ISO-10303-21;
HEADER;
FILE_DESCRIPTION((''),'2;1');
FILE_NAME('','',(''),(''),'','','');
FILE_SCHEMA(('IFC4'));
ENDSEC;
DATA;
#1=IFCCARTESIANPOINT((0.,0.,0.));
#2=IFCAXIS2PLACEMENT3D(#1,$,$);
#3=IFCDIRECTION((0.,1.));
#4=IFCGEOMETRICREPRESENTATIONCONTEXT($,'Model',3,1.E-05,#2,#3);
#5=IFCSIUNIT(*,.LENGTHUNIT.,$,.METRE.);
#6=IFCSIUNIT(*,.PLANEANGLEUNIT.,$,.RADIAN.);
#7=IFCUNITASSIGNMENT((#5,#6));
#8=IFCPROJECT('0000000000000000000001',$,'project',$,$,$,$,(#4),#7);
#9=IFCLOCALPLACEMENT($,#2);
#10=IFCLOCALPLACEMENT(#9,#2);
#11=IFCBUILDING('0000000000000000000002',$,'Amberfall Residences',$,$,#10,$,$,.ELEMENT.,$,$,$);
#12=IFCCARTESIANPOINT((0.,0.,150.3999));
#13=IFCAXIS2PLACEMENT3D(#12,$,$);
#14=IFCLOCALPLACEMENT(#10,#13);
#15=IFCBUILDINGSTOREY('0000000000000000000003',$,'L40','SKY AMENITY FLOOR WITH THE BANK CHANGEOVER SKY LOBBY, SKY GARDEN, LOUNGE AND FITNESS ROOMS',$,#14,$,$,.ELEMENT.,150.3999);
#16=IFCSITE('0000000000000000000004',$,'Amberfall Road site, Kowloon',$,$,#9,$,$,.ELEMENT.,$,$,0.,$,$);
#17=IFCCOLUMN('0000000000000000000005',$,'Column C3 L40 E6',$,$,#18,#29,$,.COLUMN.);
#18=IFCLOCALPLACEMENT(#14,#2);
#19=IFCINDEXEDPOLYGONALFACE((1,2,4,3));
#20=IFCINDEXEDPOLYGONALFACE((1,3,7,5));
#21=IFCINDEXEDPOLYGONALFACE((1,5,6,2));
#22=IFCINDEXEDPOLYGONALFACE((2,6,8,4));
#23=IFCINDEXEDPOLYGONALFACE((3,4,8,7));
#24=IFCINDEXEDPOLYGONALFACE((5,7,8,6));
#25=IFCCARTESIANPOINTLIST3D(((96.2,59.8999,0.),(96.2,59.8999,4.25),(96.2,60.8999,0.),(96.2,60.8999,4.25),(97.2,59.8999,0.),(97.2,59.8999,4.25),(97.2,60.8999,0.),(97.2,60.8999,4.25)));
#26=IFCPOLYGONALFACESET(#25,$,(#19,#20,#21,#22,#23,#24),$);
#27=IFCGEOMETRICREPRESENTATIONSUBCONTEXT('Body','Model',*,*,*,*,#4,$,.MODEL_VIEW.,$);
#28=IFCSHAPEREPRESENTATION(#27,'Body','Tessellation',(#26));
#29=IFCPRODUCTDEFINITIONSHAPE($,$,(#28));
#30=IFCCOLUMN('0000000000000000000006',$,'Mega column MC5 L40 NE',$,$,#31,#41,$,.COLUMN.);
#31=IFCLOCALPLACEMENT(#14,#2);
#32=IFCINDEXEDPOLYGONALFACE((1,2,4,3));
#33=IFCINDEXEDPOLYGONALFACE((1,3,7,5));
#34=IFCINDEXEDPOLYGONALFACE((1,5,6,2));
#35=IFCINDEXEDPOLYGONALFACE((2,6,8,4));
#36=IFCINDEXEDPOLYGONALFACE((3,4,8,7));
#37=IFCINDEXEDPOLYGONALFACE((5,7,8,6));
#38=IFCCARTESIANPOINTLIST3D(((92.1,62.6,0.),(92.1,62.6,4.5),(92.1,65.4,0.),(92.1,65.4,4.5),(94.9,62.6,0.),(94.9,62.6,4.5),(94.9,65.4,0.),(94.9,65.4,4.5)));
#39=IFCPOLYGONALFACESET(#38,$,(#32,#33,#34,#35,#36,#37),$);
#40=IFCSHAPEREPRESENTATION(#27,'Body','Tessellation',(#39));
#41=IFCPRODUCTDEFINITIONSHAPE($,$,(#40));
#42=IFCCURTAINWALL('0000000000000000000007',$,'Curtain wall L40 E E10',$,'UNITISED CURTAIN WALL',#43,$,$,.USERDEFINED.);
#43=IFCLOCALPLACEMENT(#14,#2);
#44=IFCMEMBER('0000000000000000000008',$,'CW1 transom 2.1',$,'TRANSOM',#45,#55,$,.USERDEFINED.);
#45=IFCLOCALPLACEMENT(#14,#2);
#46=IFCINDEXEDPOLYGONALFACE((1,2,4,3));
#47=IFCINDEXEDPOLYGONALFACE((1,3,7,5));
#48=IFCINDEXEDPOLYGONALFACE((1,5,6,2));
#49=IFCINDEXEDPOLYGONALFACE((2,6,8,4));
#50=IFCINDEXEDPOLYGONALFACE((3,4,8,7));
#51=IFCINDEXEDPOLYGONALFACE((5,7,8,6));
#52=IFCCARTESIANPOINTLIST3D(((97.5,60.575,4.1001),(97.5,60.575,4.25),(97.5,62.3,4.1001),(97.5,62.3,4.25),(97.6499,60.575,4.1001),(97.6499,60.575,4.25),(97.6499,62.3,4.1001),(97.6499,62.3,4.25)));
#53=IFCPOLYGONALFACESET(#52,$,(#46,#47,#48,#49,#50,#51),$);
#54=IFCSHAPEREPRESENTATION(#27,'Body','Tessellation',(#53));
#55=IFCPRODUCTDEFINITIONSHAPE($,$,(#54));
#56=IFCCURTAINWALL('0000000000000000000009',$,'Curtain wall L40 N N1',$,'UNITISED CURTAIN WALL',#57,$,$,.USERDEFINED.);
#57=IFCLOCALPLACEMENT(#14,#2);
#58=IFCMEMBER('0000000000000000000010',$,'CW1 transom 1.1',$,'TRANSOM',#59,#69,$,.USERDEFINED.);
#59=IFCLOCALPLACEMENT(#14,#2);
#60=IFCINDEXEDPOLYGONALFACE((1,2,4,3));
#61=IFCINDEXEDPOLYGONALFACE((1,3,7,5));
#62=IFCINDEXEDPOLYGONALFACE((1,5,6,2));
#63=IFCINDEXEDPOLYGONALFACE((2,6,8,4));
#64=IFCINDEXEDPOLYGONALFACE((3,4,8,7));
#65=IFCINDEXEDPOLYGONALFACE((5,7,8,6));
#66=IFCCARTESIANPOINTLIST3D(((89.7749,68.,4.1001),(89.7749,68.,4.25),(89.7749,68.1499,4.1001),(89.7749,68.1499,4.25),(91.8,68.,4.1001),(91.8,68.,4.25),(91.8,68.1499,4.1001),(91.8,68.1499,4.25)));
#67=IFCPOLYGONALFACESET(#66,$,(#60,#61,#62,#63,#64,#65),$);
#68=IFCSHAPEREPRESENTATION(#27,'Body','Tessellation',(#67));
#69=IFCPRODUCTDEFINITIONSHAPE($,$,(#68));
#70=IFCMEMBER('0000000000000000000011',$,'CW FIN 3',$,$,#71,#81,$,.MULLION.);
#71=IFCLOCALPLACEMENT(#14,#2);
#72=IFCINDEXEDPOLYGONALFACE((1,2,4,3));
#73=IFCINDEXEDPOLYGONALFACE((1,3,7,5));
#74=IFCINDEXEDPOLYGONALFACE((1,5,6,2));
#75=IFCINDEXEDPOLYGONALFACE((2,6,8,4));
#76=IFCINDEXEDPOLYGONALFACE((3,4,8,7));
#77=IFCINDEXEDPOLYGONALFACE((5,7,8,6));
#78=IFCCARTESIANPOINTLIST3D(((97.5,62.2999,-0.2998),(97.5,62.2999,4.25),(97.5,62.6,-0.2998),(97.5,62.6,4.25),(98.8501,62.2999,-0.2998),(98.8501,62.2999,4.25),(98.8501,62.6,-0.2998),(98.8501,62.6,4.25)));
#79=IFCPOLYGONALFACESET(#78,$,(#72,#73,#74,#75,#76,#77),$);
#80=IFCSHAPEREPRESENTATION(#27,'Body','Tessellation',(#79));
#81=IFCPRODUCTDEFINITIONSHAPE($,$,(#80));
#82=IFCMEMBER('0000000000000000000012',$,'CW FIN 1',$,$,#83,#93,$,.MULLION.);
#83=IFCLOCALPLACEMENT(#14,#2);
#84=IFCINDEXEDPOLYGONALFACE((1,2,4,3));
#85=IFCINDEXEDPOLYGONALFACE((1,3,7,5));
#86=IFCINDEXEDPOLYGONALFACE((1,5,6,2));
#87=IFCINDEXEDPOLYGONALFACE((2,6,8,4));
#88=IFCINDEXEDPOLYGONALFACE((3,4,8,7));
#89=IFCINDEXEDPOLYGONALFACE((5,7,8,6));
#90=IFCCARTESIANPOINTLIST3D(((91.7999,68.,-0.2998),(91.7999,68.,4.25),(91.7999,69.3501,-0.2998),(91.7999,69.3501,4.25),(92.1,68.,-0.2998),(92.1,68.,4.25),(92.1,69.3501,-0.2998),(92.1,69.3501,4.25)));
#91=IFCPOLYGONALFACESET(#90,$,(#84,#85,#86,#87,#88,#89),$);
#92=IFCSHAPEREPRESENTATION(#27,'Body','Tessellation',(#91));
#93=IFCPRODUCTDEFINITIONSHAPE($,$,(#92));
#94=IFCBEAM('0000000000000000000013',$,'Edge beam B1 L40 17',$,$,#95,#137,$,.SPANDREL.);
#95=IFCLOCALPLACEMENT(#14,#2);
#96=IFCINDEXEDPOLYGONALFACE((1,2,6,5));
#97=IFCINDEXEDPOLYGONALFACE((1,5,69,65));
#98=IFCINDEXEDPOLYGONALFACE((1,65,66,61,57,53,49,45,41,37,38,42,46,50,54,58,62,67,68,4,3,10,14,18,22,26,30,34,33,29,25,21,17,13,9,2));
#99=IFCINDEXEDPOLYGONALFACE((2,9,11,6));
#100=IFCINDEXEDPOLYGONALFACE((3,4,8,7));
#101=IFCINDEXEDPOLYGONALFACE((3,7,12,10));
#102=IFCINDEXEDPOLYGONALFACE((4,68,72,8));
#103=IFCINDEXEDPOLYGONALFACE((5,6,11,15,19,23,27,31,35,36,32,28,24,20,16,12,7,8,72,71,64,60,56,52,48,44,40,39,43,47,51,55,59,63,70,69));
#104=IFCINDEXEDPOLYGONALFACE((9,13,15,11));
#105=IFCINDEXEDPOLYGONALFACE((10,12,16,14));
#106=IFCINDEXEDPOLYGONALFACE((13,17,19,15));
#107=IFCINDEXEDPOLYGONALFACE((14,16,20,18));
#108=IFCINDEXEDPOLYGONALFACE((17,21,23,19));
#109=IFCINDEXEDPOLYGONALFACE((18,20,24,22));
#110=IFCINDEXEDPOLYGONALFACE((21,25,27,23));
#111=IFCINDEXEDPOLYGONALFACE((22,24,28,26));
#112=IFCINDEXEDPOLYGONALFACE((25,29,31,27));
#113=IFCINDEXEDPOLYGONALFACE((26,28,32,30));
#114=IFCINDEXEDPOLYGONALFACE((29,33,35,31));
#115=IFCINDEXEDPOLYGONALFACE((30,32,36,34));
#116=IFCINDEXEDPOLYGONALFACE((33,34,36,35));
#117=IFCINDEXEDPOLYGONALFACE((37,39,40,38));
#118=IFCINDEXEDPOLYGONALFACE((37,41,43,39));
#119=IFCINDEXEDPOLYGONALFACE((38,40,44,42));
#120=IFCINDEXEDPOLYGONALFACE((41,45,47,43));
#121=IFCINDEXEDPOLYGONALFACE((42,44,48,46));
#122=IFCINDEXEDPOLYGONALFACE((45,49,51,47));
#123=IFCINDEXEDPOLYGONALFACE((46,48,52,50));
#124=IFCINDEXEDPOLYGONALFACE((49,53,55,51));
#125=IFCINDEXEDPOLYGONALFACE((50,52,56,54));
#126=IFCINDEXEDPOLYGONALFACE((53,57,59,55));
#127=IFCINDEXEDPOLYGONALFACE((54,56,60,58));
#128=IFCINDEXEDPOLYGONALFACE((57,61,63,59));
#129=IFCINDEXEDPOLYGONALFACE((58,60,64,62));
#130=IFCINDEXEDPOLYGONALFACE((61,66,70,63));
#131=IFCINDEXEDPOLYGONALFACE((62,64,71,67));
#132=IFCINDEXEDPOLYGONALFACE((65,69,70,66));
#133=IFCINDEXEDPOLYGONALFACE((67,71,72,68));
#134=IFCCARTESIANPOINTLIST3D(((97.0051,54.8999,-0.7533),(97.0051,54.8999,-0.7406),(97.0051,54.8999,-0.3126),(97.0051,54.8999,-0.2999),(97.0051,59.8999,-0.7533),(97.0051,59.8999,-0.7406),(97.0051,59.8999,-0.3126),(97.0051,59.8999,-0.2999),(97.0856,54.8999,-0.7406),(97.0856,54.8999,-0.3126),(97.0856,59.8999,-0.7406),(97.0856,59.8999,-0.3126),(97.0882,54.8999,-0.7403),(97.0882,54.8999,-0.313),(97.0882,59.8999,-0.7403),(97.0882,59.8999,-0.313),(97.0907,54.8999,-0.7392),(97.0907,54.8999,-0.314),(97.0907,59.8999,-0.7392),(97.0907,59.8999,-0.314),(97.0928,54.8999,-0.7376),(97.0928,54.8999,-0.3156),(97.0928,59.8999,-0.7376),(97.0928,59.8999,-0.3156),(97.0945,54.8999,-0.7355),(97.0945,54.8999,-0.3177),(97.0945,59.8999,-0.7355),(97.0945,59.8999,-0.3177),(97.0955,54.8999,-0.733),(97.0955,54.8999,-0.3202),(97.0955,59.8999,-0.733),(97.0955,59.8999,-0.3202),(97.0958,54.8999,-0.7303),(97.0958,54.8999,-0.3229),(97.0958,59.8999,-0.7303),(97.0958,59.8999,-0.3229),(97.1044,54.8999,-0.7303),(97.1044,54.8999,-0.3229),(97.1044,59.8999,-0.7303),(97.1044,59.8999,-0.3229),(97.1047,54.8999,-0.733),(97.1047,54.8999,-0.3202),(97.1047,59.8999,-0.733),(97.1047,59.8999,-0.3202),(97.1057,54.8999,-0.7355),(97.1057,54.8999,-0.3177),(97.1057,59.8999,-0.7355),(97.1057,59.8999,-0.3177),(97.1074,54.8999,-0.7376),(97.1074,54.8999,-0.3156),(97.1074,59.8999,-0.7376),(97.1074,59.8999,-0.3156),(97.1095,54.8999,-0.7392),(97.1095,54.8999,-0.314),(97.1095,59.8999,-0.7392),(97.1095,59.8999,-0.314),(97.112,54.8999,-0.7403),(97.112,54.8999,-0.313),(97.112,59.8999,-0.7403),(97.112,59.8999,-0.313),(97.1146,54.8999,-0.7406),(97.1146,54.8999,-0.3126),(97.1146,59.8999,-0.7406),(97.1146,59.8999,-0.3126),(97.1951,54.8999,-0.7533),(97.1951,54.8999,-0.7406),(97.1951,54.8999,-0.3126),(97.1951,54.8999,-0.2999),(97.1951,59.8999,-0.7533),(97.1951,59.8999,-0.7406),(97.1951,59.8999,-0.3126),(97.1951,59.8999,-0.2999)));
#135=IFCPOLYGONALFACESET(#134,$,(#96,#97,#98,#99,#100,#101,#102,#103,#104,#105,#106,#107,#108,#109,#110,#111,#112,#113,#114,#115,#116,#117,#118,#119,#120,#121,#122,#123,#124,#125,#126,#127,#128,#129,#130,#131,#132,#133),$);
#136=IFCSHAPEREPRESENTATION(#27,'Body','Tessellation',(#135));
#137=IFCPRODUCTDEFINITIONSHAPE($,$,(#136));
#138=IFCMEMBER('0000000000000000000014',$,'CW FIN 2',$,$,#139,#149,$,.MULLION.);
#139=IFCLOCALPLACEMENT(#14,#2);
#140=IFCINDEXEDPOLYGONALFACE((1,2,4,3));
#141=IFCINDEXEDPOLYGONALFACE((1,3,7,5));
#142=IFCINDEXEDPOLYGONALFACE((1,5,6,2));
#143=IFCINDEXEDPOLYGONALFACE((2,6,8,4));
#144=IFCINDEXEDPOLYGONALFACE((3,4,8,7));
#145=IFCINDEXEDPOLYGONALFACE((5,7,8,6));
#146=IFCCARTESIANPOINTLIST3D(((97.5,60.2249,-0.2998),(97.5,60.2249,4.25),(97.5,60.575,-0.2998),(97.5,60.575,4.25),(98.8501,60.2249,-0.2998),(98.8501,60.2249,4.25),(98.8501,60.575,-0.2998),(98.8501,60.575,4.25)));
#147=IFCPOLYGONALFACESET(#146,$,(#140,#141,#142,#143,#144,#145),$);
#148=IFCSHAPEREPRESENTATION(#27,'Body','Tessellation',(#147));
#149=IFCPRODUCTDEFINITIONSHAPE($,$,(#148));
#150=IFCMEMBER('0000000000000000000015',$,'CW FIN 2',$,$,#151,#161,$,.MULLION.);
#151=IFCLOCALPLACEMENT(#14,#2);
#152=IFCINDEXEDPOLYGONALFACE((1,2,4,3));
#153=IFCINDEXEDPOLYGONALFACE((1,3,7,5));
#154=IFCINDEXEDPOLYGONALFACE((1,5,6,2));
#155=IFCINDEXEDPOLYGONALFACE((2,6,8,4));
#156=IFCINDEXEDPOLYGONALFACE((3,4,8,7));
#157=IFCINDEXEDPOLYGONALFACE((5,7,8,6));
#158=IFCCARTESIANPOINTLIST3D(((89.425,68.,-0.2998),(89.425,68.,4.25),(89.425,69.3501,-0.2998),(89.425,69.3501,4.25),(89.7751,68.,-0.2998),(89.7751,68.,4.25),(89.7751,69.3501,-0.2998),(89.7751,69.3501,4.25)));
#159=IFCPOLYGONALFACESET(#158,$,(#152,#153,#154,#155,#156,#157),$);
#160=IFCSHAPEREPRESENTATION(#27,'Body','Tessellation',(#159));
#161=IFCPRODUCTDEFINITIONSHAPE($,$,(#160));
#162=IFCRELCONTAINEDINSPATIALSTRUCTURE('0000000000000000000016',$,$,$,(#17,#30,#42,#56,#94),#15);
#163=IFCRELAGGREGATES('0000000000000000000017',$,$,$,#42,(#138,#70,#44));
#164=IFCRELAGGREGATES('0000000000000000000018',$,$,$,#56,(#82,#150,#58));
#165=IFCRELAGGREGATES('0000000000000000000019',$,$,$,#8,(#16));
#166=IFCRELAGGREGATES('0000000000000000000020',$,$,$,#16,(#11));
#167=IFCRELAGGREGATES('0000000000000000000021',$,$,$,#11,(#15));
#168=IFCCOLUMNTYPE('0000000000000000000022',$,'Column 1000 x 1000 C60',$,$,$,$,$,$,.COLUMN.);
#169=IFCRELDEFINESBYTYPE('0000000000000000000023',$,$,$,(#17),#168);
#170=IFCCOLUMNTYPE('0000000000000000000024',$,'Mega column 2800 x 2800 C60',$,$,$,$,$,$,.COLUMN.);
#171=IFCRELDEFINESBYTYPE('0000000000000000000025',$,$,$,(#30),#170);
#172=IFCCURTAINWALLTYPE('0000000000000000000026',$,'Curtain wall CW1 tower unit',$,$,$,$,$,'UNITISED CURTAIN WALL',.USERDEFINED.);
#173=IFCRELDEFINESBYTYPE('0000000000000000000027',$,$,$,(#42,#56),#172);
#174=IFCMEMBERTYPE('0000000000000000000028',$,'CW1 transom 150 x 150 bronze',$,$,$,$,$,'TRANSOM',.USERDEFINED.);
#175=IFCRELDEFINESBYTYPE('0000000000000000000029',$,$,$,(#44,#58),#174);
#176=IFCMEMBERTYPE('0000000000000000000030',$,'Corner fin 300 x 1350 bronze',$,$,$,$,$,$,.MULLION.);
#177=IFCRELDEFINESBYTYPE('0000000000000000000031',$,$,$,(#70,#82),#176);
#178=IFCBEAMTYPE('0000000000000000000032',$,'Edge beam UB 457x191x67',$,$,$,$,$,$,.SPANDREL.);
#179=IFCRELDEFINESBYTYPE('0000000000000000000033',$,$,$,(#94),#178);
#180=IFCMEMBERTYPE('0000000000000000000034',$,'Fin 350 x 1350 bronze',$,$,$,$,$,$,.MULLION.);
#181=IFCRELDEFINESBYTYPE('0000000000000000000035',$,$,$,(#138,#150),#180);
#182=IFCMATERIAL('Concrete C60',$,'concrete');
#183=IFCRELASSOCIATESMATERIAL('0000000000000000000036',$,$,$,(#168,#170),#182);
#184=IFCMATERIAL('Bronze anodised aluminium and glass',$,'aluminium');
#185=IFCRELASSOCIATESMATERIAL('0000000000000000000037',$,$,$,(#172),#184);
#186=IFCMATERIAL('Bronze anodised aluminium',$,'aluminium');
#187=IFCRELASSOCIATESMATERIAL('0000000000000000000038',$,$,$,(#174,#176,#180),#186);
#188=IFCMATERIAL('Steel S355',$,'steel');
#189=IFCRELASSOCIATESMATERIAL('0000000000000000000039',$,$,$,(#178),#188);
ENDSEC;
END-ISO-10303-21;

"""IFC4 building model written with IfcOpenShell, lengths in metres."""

from ifc_helpers import new_model, si_unit, direction, frame, origin, origin_2d, place, context, subcontext, project, spatial, rectangle, i_section, extrude, material, material_profile, profile_set, type_object, element, aggregate, save


model = new_model("IFC4")

# Units and contexts
model_context = context("Model", 3, precision=1e-05, world=origin(), true_north=direction((0.0, 1.0)))
body_context = subcontext(model_context, "Body", "Model", "MODEL_VIEW")
ifc_project = project(units=[si_unit("LENGTHUNIT", "METRE"), si_unit("PLANEANGLEUNIT", "RADIAN")], contexts=[model_context])

# Site, building, storey
site_placement = place(None, origin())
site = spatial("IfcSite", under=ifc_project, at=site_placement, Name="Amberfall Road site, Kowloon", CompositionType="ELEMENT", RefElevation=0.0)
building_placement = place(site_placement, origin())
building = spatial("IfcBuilding", under=site, at=building_placement, Name="Amberfall Residences", CompositionType="ELEMENT")
storey_placement = place(building_placement, frame((0.0, 0.0, 150.3999)))
storey = spatial("IfcBuildingStorey", under=building, at=storey_placement, Name="L40", Description="SKY AMENITY FLOOR WITH THE BANK CHANGEOVER SKY LOBBY, SKY GARDEN, LOUNGE AND FITNESS ROOMS", CompositionType="ELEMENT", Elevation=150.3999)

# Columns
ifc_material_1 = material(Name="Concrete C60", Category="concrete")
ifc_material_profile_1 = material_profile(ifc_material_1, rectangle(XDim=1.0, YDim=1.0, at=origin_2d()), Name="Column 1000 x 1000 C60")
ifc_profile_set_1 = profile_set([ifc_material_profile_1], Name="Concrete C60")
column_type_1 = type_object("IfcColumnType", Name="Column 1000 x 1000 C60", PredefinedType="COLUMN", material=ifc_profile_set_1)
column_1_placement = place(storey_placement, frame((96.7, 60.3999, 0.0), z_axis=(0.0, 0.0, 1.0), x_axis=(1.0, 0.0, 0.0)))
element("IfcColumn", 1, at=column_1_placement, inside=storey, type_object=column_type_1, Name="Column C3 L40 E6", PredefinedType="COLUMN", context=body_context, shape_type="SweptSolid", body=[
    extrude(rectangle(XDim=1.0, YDim=1.0, at=origin_2d()), origin(), (0.0, 0.0, 1.0), 4.25),
])
ifc_material_profile_2 = material_profile(ifc_material_1, rectangle(XDim=2.8, YDim=2.8, at=origin_2d()), Name="Mega column 2800 x 2800 C60")
ifc_profile_set_2 = profile_set([ifc_material_profile_2], Name="Concrete C60")
column_type_2 = type_object("IfcColumnType", Name="Mega column 2800 x 2800 C60", PredefinedType="COLUMN", material=ifc_profile_set_2)
column_2_placement = place(storey_placement, frame((93.5, 64.0, 0.0), z_axis=(0.0, 0.0, 1.0), x_axis=(1.0, 0.0, 0.0)))
element("IfcColumn", 2, at=column_2_placement, inside=storey, type_object=column_type_2, Name="Mega column MC5 L40 NE", PredefinedType="COLUMN", context=body_context, shape_type="SweptSolid", body=[
    extrude(rectangle(XDim=2.8, YDim=2.8, at=origin_2d()), origin(), (0.0, 0.0, 1.0), 4.5),
])

# Curtain walls, members
ifc_material_2 = material(Name="Bronze anodised aluminium and glass", Category="aluminium")
curtain_wall_type = type_object("IfcCurtainWallType", Name="Curtain wall CW1 tower unit", ElementType="UNITISED CURTAIN WALL", PredefinedType="USERDEFINED", material=ifc_material_2)
curtain_wall_1_placement = place(storey_placement, origin())
curtain_wall_1 = element("IfcCurtainWall", 3, at=curtain_wall_1_placement, inside=storey, type_object=curtain_wall_type, Name="Curtain wall L40 E E10", ObjectType="UNITISED CURTAIN WALL", PredefinedType="USERDEFINED")
ifc_material_3 = material(Name="Bronze anodised aluminium", Category="aluminium")
ifc_material_profile_3 = material_profile(ifc_material_3, rectangle(XDim=0.1499, YDim=0.1499, at=origin_2d()), Name="CW1 transom 150 x 150 bronze")
ifc_profile_set_3 = profile_set([ifc_material_profile_3], Name="Bronze anodised aluminium")
member_type_1 = type_object("IfcMemberType", Name="CW1 transom 150 x 150 bronze", ElementType="TRANSOM", PredefinedType="USERDEFINED", material=ifc_profile_set_3)
member_1_placement = place(storey_placement, frame((97.575, 60.575, 4.175), z_axis=(0.0, 1.0, 0.0), x_axis=(-1.0, 0.0, 0.0)))
member_1 = element("IfcMember", 4, at=member_1_placement, type_object=member_type_1, Name="CW1 transom 2.1", ObjectType="TRANSOM", PredefinedType="USERDEFINED", context=body_context, shape_type="SweptSolid", body=[
    extrude(rectangle(XDim=0.1499, YDim=0.1499, at=origin_2d()), origin(), (0.0, 0.0, 1.0), 1.7251),
])
curtain_wall_2_placement = place(storey_placement, origin())
curtain_wall_2 = element("IfcCurtainWall", 5, at=curtain_wall_2_placement, inside=storey, type_object=curtain_wall_type, Name="Curtain wall L40 N N1", ObjectType="UNITISED CURTAIN WALL", PredefinedType="USERDEFINED")
member_2_placement = place(storey_placement, frame((91.8, 68.075, 4.175), z_axis=(-1.0, 0.0, 0.0), x_axis=(0.0, -1.0, 0.0)))
member_2 = element("IfcMember", 6, at=member_2_placement, type_object=member_type_1, Name="CW1 transom 1.1", ObjectType="TRANSOM", PredefinedType="USERDEFINED", context=body_context, shape_type="SweptSolid", body=[
    extrude(rectangle(XDim=0.1499, YDim=0.1499, at=origin_2d()), origin(), (0.0, 0.0, 1.0), 2.0251),
])

# Members
ifc_material_profile_4 = material_profile(ifc_material_3, rectangle(XDim=1.3501, YDim=0.3, at=origin_2d()), Name="Corner fin 300 x 1350 bronze")
ifc_profile_set_4 = profile_set([ifc_material_profile_4], Name="Bronze anodised aluminium")
member_type_2 = type_object("IfcMemberType", Name="Corner fin 300 x 1350 bronze", PredefinedType="MULLION", material=ifc_profile_set_4)
member_3_placement = place(storey_placement, frame((98.175, 62.45, -0.2998), z_axis=(0.0, 0.0, 1.0), x_axis=(-1.0, 0.0, 0.0)))
member_3 = element("IfcMember", 7, at=member_3_placement, type_object=member_type_2, Name="CW FIN 3", PredefinedType="MULLION", context=body_context, shape_type="SweptSolid", body=[
    extrude(rectangle(XDim=1.3501, YDim=0.3, at=origin_2d()), origin(), (0.0, 0.0, 1.0), 4.5498),
])
member_4_placement = place(storey_placement, frame((91.95, 68.675, -0.2998), z_axis=(0.0, 0.0, 1.0), x_axis=(0.0, -1.0, 0.0)))
member_4 = element("IfcMember", 8, at=member_4_placement, type_object=member_type_2, Name="CW FIN 1", PredefinedType="MULLION", context=body_context, shape_type="SweptSolid", body=[
    extrude(rectangle(XDim=1.3501, YDim=0.3, at=origin_2d()), origin(), (0.0, 0.0, 1.0), 4.5498),
])

# Beam
ifc_material_4 = material(Name="Steel S355", Category="steel")
ifc_material_profile_5 = material_profile(ifc_material_4, i_section(OverallWidth=0.1899, OverallDepth=0.4534, WebThickness=0.0085, FlangeThickness=0.0127, FilletRadius=0.0103, at=origin_2d()), Name="UB 457x191x67")
ifc_profile_set_5 = profile_set([ifc_material_profile_5], Name="Steel S355")
beam_type_1 = type_object("IfcBeamType", Name="Edge beam UB 457x191x67", PredefinedType="SPANDREL", material=ifc_profile_set_5)
beam_1_placement = place(storey_placement, frame((97.1001, 54.8999, -0.5266), z_axis=(0.0, 1.0, 0.0), x_axis=(-1.0, 0.0, 0.0)))
element("IfcBeam", 9, at=beam_1_placement, inside=storey, type_object=beam_type_1, Name="Edge beam B1 L40 17", PredefinedType="SPANDREL", context=body_context, shape_type="SweptSolid", body=[
    extrude(i_section(OverallWidth=0.1899, OverallDepth=0.4534, WebThickness=0.0085, FlangeThickness=0.0127, FilletRadius=0.0103, at=origin_2d()), origin(), (0.0, 0.0, 1.0), 5.0),
])

# Members
ifc_material_profile_6 = material_profile(ifc_material_3, rectangle(XDim=1.3501, YDim=0.3501, at=origin_2d()), Name="Fin 350 x 1350 bronze")
ifc_profile_set_6 = profile_set([ifc_material_profile_6], Name="Bronze anodised aluminium")
member_type_3 = type_object("IfcMemberType", Name="Fin 350 x 1350 bronze", PredefinedType="MULLION", material=ifc_profile_set_6)
member_5_placement = place(storey_placement, frame((98.175, 60.3999, -0.2998), z_axis=(0.0, 0.0, 1.0), x_axis=(-1.0, 0.0, 0.0)))
member_5 = element("IfcMember", 10, at=member_5_placement, type_object=member_type_3, Name="CW FIN 2", PredefinedType="MULLION", context=body_context, shape_type="SweptSolid", body=[
    extrude(rectangle(XDim=1.3501, YDim=0.3501, at=origin_2d()), origin(), (0.0, 0.0, 1.0), 4.5498),
])
member_6_placement = place(storey_placement, frame((89.6001, 68.675, -0.2998), z_axis=(0.0, 0.0, 1.0), x_axis=(0.0, -1.0, 0.0)))
member_6 = element("IfcMember", 11, at=member_6_placement, type_object=member_type_3, Name="CW FIN 2", PredefinedType="MULLION", context=body_context, shape_type="SweptSolid", body=[
    extrude(rectangle(XDim=1.3501, YDim=0.3501, at=origin_2d()), origin(), (0.0, 0.0, 1.0), 4.5498),
])

aggregate(curtain_wall_1, [member_5, member_3, member_1])
aggregate(curtain_wall_2, [member_4, member_6, member_2])

save(model, "model.ifc")
